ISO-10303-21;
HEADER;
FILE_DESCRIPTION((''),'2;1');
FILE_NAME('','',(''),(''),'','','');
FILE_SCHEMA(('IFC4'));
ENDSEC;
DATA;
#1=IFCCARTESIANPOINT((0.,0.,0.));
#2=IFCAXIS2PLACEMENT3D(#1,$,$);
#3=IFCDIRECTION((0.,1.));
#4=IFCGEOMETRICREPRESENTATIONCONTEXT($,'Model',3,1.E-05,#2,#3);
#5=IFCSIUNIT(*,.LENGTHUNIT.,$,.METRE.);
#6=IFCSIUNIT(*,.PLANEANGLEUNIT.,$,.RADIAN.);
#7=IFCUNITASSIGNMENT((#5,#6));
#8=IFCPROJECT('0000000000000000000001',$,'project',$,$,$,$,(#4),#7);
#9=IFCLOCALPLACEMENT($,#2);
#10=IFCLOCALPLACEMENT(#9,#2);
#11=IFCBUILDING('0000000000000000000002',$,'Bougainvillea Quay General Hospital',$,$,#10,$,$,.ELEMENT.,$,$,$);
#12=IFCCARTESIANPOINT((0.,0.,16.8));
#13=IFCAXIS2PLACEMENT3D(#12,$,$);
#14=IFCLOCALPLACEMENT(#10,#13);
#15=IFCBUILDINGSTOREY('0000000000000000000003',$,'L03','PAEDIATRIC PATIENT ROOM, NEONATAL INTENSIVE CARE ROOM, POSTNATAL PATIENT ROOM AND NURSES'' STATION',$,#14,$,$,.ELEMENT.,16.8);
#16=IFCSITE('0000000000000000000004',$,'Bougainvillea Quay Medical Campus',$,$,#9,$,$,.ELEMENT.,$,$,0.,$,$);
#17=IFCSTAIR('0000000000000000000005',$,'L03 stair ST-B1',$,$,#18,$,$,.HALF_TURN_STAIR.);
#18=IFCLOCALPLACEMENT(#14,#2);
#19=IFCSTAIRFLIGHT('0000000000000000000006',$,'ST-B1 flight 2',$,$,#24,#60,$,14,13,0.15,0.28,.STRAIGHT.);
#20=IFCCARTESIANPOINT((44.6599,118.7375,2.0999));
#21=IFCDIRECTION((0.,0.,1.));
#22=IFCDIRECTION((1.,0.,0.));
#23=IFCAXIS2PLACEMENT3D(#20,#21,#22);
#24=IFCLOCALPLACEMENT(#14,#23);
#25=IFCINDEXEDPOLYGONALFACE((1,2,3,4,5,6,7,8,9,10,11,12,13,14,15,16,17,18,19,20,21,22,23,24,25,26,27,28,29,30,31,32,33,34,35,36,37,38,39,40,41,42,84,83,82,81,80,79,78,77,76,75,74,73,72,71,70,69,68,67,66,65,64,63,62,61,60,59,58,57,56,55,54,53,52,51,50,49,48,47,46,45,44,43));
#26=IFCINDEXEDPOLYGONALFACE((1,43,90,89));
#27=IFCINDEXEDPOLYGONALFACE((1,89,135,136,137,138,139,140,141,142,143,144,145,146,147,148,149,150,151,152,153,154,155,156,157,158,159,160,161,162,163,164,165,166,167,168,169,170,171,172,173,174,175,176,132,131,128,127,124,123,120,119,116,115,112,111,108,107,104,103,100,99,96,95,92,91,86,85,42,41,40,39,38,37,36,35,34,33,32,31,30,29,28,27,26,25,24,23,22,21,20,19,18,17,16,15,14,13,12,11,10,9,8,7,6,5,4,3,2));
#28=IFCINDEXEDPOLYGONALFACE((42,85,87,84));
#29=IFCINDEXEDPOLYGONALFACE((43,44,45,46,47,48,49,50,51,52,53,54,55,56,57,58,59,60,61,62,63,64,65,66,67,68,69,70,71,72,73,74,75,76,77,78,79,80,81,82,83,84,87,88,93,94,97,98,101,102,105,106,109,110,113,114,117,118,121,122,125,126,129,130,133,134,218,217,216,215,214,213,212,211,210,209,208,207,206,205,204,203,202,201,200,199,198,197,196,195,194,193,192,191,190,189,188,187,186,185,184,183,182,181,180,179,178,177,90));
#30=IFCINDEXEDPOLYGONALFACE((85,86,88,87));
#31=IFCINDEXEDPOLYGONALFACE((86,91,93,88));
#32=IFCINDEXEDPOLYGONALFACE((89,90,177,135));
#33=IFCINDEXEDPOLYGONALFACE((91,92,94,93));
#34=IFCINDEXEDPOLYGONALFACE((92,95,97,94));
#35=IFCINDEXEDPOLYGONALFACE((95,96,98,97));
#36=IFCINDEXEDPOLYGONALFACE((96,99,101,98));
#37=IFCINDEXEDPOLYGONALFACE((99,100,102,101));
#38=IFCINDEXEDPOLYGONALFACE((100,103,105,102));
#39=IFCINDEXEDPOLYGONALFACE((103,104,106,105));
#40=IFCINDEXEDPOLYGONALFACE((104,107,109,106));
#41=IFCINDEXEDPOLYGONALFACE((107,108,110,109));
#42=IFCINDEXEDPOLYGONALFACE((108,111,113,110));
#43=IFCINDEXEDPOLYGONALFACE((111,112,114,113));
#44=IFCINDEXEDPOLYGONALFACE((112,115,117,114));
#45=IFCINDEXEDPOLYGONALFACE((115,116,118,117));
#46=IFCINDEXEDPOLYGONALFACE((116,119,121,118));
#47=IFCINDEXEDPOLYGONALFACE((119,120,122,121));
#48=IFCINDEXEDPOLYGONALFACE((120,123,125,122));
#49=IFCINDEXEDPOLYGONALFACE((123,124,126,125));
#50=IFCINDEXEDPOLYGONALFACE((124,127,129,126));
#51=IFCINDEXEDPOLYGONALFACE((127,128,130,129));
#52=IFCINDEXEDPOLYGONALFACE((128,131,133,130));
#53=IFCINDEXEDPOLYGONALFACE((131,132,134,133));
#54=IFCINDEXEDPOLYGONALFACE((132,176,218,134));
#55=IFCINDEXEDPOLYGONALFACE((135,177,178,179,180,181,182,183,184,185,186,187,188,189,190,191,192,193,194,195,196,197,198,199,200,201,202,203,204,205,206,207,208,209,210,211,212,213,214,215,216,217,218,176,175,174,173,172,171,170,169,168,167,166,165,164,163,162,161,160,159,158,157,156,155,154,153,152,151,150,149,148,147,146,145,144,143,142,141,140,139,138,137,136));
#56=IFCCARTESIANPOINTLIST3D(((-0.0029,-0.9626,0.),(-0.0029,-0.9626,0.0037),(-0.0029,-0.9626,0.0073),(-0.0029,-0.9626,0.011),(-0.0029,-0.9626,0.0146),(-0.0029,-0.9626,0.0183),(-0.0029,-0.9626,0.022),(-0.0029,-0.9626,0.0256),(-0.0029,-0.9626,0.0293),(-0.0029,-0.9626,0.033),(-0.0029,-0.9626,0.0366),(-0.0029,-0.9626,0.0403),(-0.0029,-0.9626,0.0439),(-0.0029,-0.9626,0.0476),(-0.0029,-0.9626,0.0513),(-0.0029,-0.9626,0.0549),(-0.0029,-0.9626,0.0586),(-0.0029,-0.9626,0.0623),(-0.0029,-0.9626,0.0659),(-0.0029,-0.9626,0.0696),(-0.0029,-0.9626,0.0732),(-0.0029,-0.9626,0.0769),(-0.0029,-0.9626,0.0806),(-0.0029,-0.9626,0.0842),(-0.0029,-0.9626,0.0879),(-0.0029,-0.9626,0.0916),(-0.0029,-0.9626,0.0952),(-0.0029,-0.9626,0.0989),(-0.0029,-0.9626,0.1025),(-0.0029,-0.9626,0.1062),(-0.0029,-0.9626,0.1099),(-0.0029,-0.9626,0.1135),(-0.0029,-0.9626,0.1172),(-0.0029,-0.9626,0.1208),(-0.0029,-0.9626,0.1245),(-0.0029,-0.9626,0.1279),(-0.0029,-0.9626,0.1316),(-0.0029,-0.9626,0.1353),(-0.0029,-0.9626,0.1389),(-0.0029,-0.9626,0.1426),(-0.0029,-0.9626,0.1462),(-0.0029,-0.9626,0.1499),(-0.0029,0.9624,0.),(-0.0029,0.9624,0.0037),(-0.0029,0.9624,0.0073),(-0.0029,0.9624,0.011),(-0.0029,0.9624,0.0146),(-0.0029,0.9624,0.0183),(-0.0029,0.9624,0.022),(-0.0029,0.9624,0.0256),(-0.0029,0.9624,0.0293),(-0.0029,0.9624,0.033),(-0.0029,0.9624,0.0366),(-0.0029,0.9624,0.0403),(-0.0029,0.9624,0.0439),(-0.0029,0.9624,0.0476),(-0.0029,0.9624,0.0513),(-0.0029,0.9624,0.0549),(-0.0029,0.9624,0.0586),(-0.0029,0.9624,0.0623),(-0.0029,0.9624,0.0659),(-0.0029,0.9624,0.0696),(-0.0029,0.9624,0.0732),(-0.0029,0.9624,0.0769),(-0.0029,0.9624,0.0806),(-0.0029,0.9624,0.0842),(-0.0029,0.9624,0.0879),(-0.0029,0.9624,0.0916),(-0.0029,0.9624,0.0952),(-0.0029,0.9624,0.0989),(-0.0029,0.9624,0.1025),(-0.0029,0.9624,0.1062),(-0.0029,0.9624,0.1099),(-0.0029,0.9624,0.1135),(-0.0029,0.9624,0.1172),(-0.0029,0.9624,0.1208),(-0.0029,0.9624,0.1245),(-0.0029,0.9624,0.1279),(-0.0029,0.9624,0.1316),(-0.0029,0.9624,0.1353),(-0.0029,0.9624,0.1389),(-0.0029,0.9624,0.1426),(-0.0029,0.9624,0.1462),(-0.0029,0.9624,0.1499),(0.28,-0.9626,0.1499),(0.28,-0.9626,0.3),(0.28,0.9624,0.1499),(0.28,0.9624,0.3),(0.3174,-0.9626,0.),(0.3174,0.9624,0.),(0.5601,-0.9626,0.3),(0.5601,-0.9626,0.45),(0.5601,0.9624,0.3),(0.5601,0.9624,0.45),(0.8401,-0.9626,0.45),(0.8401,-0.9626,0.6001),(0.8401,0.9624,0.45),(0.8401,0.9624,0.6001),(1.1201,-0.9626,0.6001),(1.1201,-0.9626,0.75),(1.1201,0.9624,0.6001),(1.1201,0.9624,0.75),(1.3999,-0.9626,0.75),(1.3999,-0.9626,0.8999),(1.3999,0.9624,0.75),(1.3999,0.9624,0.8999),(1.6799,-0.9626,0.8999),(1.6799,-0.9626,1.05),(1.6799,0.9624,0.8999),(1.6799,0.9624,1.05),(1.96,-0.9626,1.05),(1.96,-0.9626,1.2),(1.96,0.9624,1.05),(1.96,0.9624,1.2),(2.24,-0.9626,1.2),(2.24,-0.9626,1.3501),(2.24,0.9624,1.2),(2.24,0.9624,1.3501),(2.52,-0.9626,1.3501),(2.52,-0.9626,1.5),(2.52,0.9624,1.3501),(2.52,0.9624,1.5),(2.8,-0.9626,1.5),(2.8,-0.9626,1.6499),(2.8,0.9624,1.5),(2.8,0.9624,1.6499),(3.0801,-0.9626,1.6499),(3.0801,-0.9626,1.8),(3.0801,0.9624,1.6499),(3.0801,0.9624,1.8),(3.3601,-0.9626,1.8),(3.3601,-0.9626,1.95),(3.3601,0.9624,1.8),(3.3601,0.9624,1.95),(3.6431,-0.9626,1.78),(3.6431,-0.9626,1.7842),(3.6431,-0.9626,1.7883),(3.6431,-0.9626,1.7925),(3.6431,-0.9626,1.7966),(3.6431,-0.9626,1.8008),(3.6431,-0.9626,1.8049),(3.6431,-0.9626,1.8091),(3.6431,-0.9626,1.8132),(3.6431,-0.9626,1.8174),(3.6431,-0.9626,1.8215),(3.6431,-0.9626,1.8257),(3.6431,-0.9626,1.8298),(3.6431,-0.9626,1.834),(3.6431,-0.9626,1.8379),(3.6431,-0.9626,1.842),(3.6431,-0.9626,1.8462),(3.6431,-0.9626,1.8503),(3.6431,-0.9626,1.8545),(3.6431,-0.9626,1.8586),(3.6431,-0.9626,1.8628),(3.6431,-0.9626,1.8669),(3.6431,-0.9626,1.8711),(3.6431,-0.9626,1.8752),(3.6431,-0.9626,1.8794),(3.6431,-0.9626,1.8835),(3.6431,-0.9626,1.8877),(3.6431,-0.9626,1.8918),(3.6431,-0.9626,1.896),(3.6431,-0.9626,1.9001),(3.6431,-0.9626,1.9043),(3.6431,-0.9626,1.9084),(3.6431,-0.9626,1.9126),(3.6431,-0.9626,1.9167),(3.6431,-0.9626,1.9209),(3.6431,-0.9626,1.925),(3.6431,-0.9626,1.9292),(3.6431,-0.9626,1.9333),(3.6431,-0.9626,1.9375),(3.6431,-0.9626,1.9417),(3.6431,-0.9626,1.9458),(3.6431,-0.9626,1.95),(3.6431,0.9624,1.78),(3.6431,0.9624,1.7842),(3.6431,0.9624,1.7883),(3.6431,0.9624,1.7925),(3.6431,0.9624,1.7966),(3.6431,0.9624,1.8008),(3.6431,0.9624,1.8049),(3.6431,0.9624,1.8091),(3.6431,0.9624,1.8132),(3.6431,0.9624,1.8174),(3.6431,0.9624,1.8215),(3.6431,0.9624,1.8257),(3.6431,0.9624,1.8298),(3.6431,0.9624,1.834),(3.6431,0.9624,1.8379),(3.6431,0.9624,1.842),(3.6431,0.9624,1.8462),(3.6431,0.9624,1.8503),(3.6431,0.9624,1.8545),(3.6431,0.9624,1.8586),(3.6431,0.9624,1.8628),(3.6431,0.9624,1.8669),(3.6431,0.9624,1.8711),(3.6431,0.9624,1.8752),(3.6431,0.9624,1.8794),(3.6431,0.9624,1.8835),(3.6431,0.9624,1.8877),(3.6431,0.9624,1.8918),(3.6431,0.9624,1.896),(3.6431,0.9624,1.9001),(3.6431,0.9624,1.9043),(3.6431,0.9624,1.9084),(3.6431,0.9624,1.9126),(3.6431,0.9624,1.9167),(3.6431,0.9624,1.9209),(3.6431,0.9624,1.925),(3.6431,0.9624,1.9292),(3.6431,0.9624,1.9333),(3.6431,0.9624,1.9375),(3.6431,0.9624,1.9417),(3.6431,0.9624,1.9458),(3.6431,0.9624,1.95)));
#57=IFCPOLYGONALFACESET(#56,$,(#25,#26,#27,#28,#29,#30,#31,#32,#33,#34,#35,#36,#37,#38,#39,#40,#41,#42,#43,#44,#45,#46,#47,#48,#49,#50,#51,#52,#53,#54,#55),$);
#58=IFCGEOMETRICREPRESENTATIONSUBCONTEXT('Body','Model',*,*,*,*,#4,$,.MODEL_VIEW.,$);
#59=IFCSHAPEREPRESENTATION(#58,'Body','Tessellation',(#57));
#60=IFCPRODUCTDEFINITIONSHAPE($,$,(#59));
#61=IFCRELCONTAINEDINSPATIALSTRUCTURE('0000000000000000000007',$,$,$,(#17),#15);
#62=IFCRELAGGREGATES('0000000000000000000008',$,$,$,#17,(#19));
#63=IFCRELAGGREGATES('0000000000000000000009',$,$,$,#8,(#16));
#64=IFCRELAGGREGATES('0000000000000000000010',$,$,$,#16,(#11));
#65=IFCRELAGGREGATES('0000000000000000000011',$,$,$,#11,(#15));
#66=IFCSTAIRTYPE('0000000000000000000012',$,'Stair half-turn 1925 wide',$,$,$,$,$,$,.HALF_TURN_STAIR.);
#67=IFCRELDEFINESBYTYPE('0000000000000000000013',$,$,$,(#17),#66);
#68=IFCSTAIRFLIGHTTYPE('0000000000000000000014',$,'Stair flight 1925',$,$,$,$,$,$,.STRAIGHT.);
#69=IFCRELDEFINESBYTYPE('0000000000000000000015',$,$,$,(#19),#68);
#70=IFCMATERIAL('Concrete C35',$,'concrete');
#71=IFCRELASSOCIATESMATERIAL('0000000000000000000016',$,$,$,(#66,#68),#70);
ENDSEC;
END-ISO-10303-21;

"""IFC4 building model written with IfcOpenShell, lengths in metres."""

from ifc_helpers import new_model, si_unit, direction, frame, origin, place, context, subcontext, project, spatial, polyline, outline, extrude, material, type_object, element, aggregate, save


model = new_model("IFC4")

# Units and contexts
model_context = context("Model", 3, precision=1e-05, world=origin(), true_north=direction((0.0, 1.0)))
body_context = subcontext(model_context, "Body", "Model", "MODEL_VIEW")
ifc_project = project(units=[si_unit("LENGTHUNIT", "METRE"), si_unit("PLANEANGLEUNIT", "RADIAN")], contexts=[model_context])

# Site, building, storey
site_placement = place(None, origin())
site = spatial("IfcSite", under=ifc_project, at=site_placement, Name="Bougainvillea Quay Medical Campus", CompositionType="ELEMENT", RefElevation=0.0)
building_placement = place(site_placement, origin())
building = spatial("IfcBuilding", under=site, at=building_placement, Name="Bougainvillea Quay General Hospital", CompositionType="ELEMENT")
storey_placement = place(building_placement, frame((0.0, 0.0, 16.8)))
storey = spatial("IfcBuildingStorey", under=building, at=storey_placement, Name="L03", Description="PAEDIATRIC PATIENT ROOM, NEONATAL INTENSIVE CARE ROOM, POSTNATAL PATIENT ROOM AND NURSES' STATION", CompositionType="ELEMENT", Elevation=16.8)

# Stair, stair flight
ifc_material_1 = material(Name="Concrete C35", Category="concrete")
stair_type = type_object("IfcStairType", Name="Stair half-turn 1925 wide", PredefinedType="HALF_TURN_STAIR", material=ifc_material_1)
stair_placement = place(storey_placement, origin())
stair = element("IfcStair", 1, at=stair_placement, inside=storey, type_object=stair_type, Name="L03 stair ST-B1", PredefinedType="HALF_TURN_STAIR")
stair_flight_type = type_object("IfcStairFlightType", Name="Stair flight 1925", PredefinedType="STRAIGHT", material=ifc_material_1)
stair_flight_1_placement = place(storey_placement, frame((44.6599, 118.7375, 2.0999), z_axis=(0.0, 0.0, 1.0), x_axis=(1.0, 0.0, 0.0)))
stair_flight_1 = element("IfcStairFlight", 2, at=stair_flight_1_placement, type_object=stair_flight_type, Name="ST-B1 flight 2", NumberOfRisers=14, NumberOfTreads=13, PredefinedType="STRAIGHT", RiserHeight=0.15, TreadLength=0.28, context=body_context, shape_type="SweptSolid", body=[
    extrude(outline(polyline([(-0.0029, 0.0), (-0.0029, 0.0037), (-0.0029, 0.0073), (-0.0029, 0.011), (-0.0029, 0.0146), (-0.0029, 0.0183), (-0.0029, 0.022), (-0.0029, 0.0256), (-0.0029, 0.0293), (-0.0029, 0.033), (-0.0029, 0.0366), (-0.0029, 0.0403), (-0.0029, 0.0439), (-0.0029, 0.0476), (-0.0029, 0.0513), (-0.0029, 0.0549), (-0.0029, 0.0586), (-0.0029, 0.0623), (-0.0029, 0.0659), (-0.0029, 0.0696), (-0.0029, 0.0732), (-0.0029, 0.0769), (-0.0029, 0.0806), (-0.0029, 0.0842), (-0.0029, 0.0879), (-0.0029, 0.0916), (-0.0029, 0.0952), (-0.0029, 0.0989), (-0.0029, 0.1025), (-0.0029, 0.1062), (-0.0029, 0.1099), (-0.0029, 0.1135), (-0.0029, 0.1172), (-0.0029, 0.1208), (-0.0029, 0.1245), (-0.0029, 0.1279), (-0.0029, 0.1316), (-0.0029, 0.1353), (-0.0029, 0.1389), (-0.0029, 0.1426), (-0.0029, 0.1462), (-0.0029, 0.1499), (0.28, 0.1499), (0.28, 0.3), (0.5601, 0.3), (0.5601, 0.45), (0.8401, 0.45), (0.8401, 0.6001), (1.1201, 0.6001), (1.1201, 0.75), (1.3999, 0.75), (1.3999, 0.8999), (1.6799, 0.8999), (1.6799, 1.05), (1.96, 1.05), (1.96, 1.2), (2.24, 1.2), (2.24, 1.3501), (2.52, 1.3501), (2.52, 1.5), (2.8, 1.5), (2.8, 1.6499), (3.0801, 1.6499), (3.0801, 1.8), (3.3601, 1.8), (3.3601, 1.95), (3.6431, 1.95), (3.6431, 1.9458), (3.6431, 1.9417), (3.6431, 1.9375), (3.6431, 1.9333), (3.6431, 1.9292), (3.6431, 1.925), (3.6431, 1.9209), (3.6431, 1.9167), (3.6431, 1.9126), (3.6431, 1.9084), (3.6431, 1.9043), (3.6431, 1.9001), (3.6431, 1.896), (3.6431, 1.8918), (3.6431, 1.8877), (3.6431, 1.8835), (3.6431, 1.8794), (3.6431, 1.8752), (3.6431, 1.8711), (3.6431, 1.8669), (3.6431, 1.8628), (3.6431, 1.8586), (3.6431, 1.8545), (3.6431, 1.8503), (3.6431, 1.8462), (3.6431, 1.842), (3.6431, 1.8379), (3.6431, 1.834), (3.6431, 1.8298), (3.6431, 1.8257), (3.6431, 1.8215), (3.6431, 1.8174), (3.6431, 1.8132), (3.6431, 1.8091), (3.6431, 1.8049), (3.6431, 1.8008), (3.6431, 1.7966), (3.6431, 1.7925), (3.6431, 1.7883), (3.6431, 1.7842), (3.6431, 1.78), (0.3174, 0.0), (-0.0029, 0.0)])), frame((0.0, 0.9624, 0.0), z_axis=(0.0, -1.0, 0.0), x_axis=(1.0, 0.0, 0.0)), (0.0, 0.0, 1.0), 1.925),
])
aggregate(stair, [stair_flight_1])

save(model, "model.ifc")
